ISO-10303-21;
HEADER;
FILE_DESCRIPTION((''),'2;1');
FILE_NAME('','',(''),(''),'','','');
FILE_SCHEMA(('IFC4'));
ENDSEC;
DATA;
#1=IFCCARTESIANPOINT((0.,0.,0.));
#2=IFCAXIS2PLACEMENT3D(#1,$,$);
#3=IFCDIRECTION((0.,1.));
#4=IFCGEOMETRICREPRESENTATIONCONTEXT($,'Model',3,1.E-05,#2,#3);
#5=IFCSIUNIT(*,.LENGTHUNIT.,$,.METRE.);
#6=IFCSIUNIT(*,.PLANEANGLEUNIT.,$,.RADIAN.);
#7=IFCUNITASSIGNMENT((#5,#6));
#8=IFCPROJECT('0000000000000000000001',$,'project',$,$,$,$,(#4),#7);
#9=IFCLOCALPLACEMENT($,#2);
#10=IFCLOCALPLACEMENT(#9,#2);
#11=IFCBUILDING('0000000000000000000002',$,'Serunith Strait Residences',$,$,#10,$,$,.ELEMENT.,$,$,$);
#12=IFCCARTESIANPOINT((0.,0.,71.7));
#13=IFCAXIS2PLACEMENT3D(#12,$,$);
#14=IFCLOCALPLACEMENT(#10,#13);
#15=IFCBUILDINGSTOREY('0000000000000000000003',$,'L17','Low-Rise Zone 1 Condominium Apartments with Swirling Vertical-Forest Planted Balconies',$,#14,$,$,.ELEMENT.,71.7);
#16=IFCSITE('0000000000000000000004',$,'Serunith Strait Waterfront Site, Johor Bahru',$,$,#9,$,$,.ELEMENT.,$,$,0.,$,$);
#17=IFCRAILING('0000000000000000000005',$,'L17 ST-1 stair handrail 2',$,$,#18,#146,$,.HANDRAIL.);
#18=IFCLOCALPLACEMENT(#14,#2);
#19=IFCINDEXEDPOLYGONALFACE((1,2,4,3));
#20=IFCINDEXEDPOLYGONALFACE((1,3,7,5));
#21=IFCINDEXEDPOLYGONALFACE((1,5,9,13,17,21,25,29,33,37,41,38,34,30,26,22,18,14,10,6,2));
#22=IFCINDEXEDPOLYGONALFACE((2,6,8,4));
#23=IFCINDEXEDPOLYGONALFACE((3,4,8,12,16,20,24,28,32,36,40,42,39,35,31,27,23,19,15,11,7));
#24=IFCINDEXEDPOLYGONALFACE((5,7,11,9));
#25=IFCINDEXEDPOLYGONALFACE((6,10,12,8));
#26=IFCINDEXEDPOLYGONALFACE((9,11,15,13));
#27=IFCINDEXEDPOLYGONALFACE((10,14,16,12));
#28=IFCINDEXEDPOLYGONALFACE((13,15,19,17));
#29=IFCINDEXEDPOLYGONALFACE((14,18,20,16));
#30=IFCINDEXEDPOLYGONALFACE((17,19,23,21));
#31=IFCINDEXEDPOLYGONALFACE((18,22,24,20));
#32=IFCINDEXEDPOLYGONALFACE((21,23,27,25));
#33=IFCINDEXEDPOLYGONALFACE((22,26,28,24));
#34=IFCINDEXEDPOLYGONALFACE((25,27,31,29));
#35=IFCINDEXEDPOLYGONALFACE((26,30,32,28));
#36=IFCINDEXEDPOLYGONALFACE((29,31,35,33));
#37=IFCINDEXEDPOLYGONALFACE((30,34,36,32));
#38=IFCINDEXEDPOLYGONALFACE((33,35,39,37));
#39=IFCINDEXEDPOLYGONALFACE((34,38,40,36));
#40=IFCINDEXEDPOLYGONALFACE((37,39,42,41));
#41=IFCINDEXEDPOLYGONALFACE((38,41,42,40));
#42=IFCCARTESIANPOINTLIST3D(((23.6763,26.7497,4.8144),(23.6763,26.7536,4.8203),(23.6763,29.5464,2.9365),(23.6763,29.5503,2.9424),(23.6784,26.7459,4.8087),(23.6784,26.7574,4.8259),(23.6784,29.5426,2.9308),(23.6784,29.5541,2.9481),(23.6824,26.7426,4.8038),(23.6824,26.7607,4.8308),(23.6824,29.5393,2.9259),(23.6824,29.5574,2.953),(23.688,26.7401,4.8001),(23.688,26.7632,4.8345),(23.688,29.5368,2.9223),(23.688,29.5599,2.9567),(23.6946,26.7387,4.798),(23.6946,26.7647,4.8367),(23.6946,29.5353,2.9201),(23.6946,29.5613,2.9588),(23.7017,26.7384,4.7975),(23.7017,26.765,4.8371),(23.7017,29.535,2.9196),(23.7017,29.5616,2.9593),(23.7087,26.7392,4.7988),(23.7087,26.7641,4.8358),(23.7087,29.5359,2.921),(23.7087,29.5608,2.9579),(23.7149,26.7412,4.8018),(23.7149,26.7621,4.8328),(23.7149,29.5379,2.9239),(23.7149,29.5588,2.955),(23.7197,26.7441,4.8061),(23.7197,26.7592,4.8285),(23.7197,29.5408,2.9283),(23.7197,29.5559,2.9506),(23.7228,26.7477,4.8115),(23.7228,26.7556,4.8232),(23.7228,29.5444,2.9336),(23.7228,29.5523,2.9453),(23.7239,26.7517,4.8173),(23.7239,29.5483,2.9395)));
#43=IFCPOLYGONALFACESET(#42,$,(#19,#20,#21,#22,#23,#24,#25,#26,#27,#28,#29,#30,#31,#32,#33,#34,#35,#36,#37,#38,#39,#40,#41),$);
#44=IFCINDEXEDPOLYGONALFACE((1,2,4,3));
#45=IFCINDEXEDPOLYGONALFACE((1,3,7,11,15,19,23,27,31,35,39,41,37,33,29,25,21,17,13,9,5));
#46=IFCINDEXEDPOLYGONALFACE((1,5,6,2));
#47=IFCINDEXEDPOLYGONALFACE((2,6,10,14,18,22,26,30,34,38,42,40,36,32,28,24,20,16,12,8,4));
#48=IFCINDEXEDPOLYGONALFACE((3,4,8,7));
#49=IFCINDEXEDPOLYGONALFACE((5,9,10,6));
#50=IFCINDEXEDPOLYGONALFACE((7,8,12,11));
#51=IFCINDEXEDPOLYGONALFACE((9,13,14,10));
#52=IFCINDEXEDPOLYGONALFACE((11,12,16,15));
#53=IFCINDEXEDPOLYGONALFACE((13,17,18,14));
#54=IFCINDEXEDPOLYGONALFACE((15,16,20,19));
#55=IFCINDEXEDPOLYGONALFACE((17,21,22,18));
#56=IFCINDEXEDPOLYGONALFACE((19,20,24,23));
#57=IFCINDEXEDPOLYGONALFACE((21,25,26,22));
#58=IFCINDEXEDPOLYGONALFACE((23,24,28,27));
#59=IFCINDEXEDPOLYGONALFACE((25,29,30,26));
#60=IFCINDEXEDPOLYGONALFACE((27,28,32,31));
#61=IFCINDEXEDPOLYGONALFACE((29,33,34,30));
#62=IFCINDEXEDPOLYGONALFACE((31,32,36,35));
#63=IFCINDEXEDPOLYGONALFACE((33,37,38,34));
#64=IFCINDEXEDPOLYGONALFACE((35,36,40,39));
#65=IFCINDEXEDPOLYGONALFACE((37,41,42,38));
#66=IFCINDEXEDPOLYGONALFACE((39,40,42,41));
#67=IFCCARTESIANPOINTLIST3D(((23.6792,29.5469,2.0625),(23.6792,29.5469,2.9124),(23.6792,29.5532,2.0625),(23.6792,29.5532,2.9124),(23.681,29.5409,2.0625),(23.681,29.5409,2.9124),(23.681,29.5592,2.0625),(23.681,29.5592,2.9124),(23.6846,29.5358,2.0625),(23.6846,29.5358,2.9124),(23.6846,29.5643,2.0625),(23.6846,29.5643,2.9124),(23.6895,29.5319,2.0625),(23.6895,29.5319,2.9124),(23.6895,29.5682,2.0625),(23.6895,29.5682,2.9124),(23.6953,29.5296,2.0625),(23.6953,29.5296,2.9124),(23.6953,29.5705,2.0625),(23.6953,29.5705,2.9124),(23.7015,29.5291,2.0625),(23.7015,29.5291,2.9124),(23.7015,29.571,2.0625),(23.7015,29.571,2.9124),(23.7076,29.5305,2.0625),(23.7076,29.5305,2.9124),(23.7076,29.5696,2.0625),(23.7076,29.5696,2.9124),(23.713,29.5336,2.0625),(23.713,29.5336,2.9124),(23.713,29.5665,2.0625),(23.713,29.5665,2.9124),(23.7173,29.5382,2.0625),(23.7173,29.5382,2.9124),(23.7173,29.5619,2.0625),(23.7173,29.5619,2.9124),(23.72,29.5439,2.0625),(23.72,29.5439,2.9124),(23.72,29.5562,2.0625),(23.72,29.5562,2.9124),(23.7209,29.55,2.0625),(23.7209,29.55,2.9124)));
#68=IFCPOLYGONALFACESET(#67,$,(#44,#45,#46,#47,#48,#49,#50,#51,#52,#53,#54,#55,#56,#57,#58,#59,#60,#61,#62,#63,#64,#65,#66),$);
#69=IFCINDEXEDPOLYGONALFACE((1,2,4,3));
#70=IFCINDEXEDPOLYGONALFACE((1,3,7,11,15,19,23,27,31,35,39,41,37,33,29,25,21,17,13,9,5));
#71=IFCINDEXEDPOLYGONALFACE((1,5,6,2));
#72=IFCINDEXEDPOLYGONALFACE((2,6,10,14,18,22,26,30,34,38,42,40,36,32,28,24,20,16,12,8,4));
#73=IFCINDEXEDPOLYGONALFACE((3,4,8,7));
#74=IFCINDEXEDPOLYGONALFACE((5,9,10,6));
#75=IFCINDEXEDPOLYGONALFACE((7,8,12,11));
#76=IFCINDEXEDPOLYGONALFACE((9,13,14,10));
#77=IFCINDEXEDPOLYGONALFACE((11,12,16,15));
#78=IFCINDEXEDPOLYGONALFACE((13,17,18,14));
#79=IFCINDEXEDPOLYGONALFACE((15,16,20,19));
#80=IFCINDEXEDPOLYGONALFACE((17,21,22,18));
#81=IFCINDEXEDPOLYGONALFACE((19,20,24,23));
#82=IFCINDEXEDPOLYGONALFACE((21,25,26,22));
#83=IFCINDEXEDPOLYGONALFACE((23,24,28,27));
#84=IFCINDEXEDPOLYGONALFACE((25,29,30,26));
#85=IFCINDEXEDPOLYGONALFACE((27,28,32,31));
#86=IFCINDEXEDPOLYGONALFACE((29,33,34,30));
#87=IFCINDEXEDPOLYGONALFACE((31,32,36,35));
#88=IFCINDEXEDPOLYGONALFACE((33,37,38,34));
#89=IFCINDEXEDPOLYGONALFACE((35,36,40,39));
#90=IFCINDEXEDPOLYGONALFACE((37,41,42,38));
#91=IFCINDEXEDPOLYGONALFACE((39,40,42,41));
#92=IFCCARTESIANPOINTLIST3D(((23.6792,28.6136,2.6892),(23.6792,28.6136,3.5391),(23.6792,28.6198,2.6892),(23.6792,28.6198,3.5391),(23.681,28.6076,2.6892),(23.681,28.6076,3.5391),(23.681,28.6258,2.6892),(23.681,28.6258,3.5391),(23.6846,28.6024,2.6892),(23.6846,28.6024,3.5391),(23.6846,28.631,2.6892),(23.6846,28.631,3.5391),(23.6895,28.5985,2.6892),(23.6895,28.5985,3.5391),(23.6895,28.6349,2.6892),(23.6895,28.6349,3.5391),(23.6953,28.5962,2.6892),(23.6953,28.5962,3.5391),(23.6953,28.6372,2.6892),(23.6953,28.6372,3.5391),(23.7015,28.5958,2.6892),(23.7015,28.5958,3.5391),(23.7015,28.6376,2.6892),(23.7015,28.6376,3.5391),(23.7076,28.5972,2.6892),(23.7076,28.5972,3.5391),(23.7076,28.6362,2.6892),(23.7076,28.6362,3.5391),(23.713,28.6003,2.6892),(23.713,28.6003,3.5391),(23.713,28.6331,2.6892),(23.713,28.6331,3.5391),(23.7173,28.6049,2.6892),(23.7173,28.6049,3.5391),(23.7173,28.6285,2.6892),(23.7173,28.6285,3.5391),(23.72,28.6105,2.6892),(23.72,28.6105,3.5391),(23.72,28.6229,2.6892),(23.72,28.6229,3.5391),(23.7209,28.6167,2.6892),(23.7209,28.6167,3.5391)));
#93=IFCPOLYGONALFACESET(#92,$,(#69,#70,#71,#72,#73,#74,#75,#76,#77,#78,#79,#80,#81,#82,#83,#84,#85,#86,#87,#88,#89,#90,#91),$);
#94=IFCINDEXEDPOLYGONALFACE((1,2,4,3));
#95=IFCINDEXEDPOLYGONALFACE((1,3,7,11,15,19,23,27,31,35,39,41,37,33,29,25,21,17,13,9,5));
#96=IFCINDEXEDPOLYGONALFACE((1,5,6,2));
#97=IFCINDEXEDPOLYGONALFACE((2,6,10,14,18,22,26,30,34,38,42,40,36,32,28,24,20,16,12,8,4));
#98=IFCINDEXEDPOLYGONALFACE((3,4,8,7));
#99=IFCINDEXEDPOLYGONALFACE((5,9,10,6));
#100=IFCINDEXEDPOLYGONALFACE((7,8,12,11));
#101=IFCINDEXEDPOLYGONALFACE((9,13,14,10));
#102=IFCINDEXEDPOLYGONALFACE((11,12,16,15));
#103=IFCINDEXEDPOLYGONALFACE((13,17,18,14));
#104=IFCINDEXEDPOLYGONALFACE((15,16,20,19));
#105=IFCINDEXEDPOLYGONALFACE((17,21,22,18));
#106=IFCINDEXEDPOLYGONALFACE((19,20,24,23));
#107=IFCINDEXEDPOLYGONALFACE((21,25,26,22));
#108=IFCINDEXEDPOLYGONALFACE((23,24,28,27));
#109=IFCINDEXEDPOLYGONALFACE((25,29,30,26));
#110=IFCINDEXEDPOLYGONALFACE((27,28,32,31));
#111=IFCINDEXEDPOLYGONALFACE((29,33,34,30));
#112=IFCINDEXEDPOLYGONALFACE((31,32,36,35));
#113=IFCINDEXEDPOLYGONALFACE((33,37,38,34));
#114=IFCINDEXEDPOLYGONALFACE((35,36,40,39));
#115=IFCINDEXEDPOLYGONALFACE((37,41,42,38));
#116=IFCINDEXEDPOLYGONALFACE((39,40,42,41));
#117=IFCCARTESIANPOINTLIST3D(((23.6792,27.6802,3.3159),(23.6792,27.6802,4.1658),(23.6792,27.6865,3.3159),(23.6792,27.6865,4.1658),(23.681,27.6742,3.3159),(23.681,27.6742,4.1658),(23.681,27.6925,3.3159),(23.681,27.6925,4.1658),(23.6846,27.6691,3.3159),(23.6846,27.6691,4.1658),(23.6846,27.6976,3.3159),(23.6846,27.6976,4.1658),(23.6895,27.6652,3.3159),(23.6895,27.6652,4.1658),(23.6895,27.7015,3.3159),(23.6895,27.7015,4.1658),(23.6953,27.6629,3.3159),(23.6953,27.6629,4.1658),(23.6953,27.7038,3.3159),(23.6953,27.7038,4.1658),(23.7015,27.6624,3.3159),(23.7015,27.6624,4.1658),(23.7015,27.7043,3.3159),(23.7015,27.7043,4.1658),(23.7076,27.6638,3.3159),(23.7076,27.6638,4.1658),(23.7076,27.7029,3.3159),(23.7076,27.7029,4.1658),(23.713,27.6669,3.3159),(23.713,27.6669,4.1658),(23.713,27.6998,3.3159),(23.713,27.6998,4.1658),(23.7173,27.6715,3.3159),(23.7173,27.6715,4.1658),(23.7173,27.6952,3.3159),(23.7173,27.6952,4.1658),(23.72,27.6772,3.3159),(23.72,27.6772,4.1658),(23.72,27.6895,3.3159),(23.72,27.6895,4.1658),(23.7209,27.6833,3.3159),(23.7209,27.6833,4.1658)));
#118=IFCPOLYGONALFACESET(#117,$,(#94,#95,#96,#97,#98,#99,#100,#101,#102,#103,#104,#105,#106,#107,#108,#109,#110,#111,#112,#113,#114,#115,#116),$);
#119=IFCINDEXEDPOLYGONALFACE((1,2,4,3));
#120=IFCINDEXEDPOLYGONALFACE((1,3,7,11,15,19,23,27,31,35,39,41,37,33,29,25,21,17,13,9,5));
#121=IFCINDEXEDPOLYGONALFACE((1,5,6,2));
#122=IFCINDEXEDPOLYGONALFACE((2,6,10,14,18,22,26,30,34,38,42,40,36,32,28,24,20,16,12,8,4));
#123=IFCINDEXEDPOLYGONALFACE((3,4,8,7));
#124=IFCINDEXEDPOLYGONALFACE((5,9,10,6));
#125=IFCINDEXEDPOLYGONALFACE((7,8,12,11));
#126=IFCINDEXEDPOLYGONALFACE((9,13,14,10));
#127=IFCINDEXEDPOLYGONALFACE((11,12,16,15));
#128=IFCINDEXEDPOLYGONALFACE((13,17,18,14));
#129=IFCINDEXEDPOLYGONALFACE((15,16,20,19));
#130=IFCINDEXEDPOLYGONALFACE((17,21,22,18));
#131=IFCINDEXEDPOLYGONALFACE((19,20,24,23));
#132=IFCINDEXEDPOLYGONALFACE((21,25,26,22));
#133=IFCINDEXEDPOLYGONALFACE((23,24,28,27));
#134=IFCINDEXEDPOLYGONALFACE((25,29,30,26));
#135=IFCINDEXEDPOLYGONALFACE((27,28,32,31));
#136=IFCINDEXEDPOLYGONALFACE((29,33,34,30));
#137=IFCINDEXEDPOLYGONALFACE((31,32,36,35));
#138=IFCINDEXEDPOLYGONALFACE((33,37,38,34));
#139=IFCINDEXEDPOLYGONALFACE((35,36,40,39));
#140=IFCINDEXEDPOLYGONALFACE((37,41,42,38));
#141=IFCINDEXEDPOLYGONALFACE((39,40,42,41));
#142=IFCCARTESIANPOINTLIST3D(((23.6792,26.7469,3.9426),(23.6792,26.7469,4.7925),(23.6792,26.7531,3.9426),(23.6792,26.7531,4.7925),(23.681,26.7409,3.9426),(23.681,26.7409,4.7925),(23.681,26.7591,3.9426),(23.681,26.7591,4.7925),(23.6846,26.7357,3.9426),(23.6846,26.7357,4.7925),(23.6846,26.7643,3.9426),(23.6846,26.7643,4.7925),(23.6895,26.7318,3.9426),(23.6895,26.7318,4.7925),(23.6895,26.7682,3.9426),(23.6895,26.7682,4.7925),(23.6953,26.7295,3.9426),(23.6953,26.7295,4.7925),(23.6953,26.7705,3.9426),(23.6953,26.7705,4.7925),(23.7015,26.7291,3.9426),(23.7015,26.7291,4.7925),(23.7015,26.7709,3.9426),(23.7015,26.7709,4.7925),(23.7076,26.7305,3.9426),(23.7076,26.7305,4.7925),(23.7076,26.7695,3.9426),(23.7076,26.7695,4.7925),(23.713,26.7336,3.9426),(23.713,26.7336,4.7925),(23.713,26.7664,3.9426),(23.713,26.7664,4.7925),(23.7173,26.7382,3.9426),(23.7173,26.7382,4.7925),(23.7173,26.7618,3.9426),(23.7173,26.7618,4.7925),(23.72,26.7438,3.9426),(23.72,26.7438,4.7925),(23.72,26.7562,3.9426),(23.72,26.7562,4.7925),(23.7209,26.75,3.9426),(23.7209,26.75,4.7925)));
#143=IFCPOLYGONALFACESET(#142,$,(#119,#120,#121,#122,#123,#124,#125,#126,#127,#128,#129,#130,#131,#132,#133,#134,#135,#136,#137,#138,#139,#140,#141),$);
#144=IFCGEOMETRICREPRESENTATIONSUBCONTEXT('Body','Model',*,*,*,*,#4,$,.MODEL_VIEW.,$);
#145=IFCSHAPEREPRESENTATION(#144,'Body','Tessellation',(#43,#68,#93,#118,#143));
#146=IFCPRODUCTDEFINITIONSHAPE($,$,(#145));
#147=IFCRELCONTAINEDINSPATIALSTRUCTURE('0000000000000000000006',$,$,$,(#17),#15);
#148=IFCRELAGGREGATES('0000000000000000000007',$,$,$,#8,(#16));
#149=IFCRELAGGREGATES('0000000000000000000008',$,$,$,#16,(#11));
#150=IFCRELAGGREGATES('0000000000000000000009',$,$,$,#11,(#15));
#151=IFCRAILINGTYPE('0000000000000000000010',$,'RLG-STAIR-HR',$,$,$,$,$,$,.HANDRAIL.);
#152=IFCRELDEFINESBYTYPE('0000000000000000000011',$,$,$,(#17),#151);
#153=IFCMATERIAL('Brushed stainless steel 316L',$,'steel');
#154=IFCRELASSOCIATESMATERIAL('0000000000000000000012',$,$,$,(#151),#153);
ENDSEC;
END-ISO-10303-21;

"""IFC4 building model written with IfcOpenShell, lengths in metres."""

from ifc_helpers import new_model, si_unit, direction, frame, origin, origin_2d, place, context, subcontext, project, spatial, circle, extrude, material, type_object, element, save


model = new_model("IFC4")

# Units and contexts
model_context = context("Model", 3, precision=1e-05, world=origin(), true_north=direction((0.0, 1.0)))
body_context = subcontext(model_context, "Body", "Model", "MODEL_VIEW")
ifc_project = project(units=[si_unit("LENGTHUNIT", "METRE"), si_unit("PLANEANGLEUNIT", "RADIAN")], contexts=[model_context])

# Site, building, storey
site_placement = place(None, origin())
site = spatial("IfcSite", under=ifc_project, at=site_placement, Name="Serunith Strait Waterfront Site, Johor Bahru", CompositionType="ELEMENT", RefElevation=0.0)
building_placement = place(site_placement, origin())
building = spatial("IfcBuilding", under=site, at=building_placement, Name="Serunith Strait Residences", CompositionType="ELEMENT")
storey_placement = place(building_placement, frame((0.0, 0.0, 71.7)))
storey = spatial("IfcBuildingStorey", under=building, at=storey_placement, Name="L17", Description="Low-Rise Zone 1 Condominium Apartments with Swirling Vertical-Forest Planted Balconies", CompositionType="ELEMENT", Elevation=71.7)

# Railing
ifc_material_1 = material(Name="Brushed stainless steel 316L", Category="steel")
railing_type_1 = type_object("IfcRailingType", Name="RLG-STAIR-HR", PredefinedType="HANDRAIL", material=ifc_material_1)
railing_1_placement = place(storey_placement, frame((23.7, 29.55, 2.0625)))
element("IfcRailing", 1, at=railing_1_placement, inside=storey, type_object=railing_type_1, Name="L17 ST-1 stair handrail 2", PredefinedType="HANDRAIL", context=body_context, shape_type="SweptSolid", body=[
    extrude(circle(Radius=0.0239, at=origin_2d()), frame((0.0, -0.0017, 0.877), z_axis=(0.0, -0.830208, 0.557453), x_axis=(1.0, 0.0, 0.0)), (0.0, 0.0, 1.0), 3.3687),
    extrude(circle(Radius=0.021, at=origin_2d()), origin(), (0.0, 0.0, 1.0), 0.8499),
    extrude(circle(Radius=0.021, at=origin_2d()), frame((0.0, -0.9333, 0.6267)), (0.0, 0.0, 1.0), 0.8499),
    extrude(circle(Radius=0.021, at=origin_2d()), frame((0.0, -1.8667, 1.2534)), (0.0, 0.0, 1.0), 0.8499),
    extrude(circle(Radius=0.021, at=origin_2d()), frame((0.0, -2.8, 1.8801)), (0.0, 0.0, 1.0), 0.8499),
])

save(model, "model.ifc")
